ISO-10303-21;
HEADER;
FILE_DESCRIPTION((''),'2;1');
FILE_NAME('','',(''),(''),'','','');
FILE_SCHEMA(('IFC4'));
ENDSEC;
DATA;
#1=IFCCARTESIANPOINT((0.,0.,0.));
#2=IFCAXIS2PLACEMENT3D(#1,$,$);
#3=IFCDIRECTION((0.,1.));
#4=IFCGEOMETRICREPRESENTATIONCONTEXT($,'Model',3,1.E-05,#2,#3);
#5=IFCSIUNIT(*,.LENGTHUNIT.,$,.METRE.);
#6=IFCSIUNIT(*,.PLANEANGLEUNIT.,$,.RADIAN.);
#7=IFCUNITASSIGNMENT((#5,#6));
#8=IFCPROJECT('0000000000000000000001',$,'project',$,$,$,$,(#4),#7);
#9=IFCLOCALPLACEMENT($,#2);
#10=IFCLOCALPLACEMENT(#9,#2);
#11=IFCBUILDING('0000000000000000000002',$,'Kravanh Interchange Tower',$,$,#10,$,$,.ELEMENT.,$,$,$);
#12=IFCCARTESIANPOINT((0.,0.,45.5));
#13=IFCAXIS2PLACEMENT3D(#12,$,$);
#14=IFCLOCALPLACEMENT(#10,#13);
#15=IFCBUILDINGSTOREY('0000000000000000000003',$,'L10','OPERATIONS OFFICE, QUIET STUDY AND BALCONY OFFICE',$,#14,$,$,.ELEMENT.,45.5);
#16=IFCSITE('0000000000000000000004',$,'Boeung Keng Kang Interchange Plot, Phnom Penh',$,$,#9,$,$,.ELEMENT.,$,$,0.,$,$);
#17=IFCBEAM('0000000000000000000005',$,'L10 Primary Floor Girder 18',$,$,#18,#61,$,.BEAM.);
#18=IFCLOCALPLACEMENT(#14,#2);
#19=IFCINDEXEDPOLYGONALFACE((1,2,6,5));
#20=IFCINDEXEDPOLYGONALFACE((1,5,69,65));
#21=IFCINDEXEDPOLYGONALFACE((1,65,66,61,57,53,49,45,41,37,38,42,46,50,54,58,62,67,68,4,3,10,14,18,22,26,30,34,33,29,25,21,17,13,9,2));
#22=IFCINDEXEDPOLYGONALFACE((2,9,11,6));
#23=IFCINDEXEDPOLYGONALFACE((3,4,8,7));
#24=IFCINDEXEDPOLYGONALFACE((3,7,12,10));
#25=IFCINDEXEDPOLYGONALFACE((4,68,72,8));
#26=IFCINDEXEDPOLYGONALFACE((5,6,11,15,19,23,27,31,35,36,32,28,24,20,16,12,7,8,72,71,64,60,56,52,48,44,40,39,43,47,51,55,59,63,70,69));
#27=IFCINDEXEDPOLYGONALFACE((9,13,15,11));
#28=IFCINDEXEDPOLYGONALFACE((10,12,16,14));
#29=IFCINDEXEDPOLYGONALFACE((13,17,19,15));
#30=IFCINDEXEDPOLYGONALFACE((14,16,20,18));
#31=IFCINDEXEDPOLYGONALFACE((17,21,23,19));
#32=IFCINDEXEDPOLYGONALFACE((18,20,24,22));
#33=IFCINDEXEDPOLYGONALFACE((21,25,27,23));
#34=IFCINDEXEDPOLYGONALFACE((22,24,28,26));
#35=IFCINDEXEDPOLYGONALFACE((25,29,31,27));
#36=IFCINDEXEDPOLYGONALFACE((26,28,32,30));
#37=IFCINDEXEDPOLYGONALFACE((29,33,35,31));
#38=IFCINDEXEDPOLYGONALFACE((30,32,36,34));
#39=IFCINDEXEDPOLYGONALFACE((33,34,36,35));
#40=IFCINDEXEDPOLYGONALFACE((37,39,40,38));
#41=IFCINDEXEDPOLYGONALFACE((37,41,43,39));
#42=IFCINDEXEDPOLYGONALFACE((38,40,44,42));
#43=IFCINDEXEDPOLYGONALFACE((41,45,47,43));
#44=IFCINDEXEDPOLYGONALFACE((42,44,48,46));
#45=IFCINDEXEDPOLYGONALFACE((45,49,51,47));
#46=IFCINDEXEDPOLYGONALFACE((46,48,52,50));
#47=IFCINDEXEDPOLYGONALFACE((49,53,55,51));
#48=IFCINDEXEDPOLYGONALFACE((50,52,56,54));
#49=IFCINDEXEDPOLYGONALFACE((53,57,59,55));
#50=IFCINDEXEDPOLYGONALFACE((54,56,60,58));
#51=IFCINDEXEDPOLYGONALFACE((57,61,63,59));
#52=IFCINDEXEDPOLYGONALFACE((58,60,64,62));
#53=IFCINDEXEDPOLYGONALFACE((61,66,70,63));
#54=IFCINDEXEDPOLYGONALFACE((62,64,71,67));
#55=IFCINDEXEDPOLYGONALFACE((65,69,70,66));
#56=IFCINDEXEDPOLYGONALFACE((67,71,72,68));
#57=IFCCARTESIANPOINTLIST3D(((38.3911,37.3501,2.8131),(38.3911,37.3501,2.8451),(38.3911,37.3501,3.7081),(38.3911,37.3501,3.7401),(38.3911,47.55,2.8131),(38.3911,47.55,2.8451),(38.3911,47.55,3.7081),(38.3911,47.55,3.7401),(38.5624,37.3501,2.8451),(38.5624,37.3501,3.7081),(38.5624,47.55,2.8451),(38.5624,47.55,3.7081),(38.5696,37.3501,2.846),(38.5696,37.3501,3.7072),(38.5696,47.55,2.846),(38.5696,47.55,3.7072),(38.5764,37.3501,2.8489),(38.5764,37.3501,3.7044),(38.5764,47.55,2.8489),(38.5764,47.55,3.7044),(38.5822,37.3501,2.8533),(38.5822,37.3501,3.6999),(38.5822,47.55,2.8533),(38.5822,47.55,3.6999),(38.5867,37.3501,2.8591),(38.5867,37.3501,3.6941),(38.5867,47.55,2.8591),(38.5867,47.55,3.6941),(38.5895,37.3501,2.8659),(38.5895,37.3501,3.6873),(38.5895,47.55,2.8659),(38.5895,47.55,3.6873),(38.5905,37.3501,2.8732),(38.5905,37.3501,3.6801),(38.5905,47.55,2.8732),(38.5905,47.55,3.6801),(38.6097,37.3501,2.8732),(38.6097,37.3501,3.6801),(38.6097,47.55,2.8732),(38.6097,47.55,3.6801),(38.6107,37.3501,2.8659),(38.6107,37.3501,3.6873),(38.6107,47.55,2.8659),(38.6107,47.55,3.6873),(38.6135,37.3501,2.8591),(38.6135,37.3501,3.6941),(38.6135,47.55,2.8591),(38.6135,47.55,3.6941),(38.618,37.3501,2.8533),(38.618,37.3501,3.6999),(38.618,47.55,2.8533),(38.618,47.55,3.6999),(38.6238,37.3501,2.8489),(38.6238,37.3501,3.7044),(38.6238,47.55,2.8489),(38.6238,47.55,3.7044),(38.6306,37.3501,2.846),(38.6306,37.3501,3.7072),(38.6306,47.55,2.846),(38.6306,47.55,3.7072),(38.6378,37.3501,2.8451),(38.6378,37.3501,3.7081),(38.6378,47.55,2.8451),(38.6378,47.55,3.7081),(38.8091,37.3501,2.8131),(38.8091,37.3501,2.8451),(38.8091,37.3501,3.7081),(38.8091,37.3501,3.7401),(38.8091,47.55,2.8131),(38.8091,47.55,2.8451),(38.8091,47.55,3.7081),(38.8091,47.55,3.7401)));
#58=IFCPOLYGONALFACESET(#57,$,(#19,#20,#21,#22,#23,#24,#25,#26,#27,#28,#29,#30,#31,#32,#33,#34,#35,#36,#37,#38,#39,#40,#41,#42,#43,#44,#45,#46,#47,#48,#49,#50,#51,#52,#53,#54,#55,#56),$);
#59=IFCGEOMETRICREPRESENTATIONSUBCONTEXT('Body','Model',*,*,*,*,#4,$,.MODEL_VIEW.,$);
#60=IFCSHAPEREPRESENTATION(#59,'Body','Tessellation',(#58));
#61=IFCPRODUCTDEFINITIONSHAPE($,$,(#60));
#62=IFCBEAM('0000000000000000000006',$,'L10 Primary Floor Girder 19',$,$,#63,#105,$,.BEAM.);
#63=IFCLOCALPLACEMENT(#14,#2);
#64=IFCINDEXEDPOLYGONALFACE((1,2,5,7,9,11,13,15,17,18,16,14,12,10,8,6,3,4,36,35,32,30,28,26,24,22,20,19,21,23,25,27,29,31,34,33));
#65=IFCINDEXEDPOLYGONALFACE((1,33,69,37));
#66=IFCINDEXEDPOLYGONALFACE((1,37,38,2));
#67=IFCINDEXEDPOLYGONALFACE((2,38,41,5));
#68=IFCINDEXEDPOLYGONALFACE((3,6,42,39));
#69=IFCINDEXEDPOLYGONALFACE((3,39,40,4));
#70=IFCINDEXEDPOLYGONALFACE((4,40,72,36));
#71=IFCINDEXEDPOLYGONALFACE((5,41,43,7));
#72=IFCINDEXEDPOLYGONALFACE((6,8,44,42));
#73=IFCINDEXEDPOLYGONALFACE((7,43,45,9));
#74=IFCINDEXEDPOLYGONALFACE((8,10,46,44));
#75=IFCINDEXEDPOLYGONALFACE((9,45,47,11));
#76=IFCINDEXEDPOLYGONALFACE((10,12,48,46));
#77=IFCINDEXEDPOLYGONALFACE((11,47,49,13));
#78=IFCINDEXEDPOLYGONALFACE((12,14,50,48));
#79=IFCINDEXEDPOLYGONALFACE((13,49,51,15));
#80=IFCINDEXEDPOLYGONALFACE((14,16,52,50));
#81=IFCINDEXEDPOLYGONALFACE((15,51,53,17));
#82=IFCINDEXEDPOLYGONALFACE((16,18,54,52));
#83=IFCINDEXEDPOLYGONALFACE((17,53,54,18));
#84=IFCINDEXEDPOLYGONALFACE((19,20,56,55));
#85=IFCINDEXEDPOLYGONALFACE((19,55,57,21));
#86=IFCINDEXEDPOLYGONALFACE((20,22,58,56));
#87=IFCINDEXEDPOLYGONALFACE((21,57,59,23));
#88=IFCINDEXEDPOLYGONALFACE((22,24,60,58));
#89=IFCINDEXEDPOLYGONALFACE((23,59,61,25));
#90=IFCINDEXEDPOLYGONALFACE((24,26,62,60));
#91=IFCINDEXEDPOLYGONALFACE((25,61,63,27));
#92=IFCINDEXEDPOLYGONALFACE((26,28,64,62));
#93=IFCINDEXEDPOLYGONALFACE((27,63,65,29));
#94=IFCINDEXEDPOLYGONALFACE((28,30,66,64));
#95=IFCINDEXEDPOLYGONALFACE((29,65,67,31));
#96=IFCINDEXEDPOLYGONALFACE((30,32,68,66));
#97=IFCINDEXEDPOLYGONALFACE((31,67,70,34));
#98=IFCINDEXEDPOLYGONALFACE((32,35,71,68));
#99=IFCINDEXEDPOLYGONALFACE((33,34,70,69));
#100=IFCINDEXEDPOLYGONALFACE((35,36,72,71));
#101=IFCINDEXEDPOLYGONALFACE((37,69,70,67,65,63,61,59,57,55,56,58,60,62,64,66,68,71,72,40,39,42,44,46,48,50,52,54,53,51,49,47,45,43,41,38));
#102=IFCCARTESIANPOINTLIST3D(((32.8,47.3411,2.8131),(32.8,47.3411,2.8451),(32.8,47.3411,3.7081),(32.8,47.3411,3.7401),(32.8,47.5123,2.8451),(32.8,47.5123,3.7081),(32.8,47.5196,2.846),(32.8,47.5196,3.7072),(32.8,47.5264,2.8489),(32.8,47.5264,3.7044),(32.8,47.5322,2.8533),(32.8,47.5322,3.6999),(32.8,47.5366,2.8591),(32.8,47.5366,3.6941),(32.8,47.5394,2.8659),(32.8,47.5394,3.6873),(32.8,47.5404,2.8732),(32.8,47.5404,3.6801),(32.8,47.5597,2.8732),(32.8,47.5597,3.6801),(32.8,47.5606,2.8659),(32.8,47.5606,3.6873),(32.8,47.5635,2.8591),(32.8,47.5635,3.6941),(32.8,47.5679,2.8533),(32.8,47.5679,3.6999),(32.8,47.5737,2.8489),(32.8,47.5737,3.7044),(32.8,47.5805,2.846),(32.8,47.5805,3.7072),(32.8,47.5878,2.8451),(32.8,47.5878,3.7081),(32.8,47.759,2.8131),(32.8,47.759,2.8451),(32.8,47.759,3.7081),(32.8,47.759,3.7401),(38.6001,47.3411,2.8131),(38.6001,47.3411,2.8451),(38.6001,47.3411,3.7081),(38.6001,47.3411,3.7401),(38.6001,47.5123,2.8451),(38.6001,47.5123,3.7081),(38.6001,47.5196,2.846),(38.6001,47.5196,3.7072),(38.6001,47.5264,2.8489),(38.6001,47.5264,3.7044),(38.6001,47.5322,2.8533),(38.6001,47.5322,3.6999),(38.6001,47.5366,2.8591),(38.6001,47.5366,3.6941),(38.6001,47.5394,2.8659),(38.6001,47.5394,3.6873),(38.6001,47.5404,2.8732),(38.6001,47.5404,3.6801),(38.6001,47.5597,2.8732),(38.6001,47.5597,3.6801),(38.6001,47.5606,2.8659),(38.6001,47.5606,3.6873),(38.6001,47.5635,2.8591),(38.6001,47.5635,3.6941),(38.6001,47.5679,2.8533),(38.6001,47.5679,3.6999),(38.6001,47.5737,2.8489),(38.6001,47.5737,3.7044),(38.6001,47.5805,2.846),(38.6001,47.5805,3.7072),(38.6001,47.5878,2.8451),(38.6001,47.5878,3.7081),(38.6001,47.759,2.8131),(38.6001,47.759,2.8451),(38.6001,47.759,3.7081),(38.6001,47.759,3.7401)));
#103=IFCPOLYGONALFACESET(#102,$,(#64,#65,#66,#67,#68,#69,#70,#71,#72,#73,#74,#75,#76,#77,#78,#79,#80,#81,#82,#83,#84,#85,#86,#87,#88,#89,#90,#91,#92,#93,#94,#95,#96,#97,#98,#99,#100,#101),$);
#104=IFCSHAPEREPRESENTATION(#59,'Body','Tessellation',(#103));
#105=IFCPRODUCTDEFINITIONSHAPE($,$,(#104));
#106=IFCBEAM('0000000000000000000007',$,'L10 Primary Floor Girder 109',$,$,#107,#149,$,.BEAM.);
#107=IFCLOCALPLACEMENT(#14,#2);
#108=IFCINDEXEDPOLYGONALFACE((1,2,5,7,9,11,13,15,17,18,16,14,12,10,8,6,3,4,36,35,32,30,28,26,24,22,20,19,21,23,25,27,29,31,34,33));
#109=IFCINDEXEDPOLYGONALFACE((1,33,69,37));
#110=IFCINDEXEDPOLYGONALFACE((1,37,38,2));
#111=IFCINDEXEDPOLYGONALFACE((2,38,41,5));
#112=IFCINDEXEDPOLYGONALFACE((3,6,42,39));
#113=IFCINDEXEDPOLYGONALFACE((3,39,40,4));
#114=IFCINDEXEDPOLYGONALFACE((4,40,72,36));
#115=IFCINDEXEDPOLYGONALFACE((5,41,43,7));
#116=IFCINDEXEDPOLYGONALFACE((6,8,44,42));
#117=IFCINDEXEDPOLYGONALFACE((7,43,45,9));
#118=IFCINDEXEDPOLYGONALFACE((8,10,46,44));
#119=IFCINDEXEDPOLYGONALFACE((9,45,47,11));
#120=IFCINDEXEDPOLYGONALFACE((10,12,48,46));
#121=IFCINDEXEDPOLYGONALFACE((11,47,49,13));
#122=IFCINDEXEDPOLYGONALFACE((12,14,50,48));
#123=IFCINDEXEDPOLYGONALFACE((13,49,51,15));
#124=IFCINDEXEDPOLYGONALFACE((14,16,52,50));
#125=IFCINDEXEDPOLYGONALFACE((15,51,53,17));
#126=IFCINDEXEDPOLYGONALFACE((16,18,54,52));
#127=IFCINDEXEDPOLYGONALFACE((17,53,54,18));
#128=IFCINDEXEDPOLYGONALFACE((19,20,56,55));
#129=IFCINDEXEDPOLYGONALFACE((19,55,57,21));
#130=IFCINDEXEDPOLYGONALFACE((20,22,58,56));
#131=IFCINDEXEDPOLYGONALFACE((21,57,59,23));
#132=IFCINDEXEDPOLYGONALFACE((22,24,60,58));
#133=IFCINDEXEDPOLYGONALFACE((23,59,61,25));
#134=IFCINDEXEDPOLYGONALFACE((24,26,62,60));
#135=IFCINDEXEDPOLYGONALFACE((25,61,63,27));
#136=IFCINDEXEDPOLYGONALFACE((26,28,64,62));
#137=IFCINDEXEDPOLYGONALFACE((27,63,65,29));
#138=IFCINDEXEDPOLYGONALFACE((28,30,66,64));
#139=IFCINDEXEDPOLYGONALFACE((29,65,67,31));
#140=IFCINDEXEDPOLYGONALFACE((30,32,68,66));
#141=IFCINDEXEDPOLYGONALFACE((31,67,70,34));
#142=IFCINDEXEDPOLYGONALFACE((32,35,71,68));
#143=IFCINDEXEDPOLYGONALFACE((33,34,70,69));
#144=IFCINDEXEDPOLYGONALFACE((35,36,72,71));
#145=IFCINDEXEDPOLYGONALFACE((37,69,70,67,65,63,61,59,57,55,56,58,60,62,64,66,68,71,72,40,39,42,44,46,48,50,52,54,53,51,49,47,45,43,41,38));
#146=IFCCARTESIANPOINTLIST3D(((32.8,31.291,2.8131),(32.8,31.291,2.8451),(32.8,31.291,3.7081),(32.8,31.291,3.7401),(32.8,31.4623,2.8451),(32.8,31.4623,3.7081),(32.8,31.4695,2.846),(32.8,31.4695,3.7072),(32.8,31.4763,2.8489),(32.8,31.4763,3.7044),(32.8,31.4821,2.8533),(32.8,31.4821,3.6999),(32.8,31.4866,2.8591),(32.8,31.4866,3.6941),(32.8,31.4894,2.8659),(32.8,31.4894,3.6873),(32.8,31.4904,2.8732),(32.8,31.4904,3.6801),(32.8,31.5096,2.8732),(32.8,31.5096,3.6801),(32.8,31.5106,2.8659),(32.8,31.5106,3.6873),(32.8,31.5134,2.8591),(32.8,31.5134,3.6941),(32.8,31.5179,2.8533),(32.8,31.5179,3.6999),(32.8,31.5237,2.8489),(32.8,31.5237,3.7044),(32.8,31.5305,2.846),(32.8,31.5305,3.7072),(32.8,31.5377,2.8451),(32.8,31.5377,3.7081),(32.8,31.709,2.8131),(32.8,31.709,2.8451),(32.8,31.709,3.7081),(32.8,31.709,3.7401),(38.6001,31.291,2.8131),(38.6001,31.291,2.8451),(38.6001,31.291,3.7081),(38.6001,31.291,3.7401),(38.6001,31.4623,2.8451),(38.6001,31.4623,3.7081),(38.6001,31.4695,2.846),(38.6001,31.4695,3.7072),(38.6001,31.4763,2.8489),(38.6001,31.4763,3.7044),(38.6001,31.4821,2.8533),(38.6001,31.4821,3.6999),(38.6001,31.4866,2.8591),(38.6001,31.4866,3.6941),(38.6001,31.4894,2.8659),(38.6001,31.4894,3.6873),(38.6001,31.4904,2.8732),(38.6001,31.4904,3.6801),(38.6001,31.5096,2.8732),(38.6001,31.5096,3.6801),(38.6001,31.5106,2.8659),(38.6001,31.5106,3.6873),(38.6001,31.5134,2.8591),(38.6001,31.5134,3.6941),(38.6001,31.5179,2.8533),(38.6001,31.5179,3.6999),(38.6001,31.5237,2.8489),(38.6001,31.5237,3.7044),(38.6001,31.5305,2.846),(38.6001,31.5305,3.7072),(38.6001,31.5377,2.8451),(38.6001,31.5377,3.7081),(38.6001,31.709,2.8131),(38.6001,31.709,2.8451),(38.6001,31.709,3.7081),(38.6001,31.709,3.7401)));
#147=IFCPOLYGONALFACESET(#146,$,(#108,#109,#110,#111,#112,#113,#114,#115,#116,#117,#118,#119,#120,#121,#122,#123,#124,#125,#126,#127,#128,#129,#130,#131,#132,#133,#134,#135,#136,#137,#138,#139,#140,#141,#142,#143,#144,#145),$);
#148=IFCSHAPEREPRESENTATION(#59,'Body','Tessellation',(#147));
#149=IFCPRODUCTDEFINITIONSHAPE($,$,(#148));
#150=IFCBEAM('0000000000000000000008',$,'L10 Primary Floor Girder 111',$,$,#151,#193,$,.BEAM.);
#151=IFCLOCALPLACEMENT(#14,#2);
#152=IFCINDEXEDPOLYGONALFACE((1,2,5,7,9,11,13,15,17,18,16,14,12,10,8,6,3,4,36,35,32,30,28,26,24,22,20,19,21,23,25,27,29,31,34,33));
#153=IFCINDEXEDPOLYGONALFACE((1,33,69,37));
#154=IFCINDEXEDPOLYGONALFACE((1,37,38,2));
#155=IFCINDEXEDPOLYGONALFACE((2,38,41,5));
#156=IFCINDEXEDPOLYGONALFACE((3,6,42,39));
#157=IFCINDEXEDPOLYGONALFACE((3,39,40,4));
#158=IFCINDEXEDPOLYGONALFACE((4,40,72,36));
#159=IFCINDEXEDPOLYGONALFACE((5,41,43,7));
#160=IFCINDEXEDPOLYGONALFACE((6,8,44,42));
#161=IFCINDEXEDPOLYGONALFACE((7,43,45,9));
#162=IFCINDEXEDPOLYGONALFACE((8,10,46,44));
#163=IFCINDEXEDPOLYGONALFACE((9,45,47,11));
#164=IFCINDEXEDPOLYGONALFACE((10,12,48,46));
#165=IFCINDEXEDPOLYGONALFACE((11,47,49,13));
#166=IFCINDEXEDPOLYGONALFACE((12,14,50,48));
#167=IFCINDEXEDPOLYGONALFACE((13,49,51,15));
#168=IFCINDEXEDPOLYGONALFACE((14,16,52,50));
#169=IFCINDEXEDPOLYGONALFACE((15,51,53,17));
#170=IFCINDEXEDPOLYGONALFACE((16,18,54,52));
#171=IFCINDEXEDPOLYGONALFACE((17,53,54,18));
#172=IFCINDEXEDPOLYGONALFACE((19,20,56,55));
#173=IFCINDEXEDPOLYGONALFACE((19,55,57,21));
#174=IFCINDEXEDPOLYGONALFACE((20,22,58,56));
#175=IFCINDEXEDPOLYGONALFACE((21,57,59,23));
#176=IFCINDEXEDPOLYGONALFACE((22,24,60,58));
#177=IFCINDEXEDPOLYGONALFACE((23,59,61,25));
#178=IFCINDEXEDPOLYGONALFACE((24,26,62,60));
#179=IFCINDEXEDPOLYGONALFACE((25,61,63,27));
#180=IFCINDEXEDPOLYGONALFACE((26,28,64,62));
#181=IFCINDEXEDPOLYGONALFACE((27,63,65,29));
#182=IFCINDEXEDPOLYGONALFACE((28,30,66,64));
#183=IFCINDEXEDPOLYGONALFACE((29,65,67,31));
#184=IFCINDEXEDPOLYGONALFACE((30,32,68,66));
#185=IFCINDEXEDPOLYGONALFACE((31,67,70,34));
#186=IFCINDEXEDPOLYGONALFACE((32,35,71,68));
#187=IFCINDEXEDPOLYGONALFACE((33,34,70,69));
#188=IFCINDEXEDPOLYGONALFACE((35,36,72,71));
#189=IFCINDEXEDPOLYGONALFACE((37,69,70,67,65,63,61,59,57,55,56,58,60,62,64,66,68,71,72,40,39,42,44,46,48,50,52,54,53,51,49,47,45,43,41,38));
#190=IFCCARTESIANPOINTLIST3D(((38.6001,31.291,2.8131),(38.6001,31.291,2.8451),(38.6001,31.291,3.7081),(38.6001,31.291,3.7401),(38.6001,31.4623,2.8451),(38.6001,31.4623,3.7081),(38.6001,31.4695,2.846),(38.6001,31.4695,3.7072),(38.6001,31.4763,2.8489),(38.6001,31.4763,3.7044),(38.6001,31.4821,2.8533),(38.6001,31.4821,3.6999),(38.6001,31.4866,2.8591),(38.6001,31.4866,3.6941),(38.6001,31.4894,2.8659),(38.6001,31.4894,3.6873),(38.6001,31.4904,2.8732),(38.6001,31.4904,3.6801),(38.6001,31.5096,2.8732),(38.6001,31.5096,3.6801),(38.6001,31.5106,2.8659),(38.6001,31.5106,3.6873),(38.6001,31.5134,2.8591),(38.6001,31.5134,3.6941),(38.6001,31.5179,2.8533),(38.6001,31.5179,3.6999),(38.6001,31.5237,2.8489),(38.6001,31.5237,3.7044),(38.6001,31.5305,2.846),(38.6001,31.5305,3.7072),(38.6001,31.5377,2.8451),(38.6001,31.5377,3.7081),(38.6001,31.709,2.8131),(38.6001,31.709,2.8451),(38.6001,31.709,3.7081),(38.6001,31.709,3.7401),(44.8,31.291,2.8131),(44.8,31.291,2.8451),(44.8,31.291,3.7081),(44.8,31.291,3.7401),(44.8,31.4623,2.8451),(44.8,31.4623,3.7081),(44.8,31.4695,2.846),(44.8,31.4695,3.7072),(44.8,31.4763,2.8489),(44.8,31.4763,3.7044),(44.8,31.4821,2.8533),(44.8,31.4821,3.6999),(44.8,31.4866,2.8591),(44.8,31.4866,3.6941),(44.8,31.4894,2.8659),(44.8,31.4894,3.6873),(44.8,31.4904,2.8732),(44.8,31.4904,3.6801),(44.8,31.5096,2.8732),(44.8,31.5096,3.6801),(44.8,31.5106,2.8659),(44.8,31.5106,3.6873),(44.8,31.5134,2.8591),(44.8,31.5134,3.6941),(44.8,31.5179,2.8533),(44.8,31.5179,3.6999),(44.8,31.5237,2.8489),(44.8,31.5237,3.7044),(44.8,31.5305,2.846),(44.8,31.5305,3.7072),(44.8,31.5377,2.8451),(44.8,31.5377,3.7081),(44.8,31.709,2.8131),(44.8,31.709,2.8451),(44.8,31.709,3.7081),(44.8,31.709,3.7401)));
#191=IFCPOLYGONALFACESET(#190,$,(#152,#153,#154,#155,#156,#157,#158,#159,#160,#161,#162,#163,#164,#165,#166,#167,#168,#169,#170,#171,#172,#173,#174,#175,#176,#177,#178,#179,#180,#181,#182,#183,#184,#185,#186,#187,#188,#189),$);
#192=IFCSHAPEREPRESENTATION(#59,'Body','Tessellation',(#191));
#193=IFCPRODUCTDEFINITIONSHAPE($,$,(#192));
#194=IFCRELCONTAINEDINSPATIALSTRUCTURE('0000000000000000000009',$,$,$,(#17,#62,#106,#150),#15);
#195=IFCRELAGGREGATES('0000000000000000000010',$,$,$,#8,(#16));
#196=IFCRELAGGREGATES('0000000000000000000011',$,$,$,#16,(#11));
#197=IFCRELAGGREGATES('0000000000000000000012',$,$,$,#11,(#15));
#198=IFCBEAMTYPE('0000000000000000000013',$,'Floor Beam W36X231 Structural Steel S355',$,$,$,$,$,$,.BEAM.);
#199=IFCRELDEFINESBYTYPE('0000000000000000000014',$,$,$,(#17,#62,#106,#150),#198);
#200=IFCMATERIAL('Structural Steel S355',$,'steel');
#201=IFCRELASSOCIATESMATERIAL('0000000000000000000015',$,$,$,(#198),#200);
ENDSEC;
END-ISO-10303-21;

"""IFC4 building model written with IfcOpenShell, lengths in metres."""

from ifc_helpers import new_model, si_unit, direction, frame, origin, origin_2d, place, context, subcontext, project, spatial, i_section, extrude, material, material_profile, profile_set, type_object, element, save


model = new_model("IFC4")

# Units and contexts
model_context = context("Model", 3, precision=1e-05, world=origin(), true_north=direction((0.0, 1.0)))
body_context = subcontext(model_context, "Body", "Model", "MODEL_VIEW")
ifc_project = project(units=[si_unit("LENGTHUNIT", "METRE"), si_unit("PLANEANGLEUNIT", "RADIAN")], contexts=[model_context])

# Site, building, storey
site_placement = place(None, origin())
site = spatial("IfcSite", under=ifc_project, at=site_placement, Name="Boeung Keng Kang Interchange Plot, Phnom Penh", CompositionType="ELEMENT", RefElevation=0.0)
building_placement = place(site_placement, origin())
building = spatial("IfcBuilding", under=site, at=building_placement, Name="Kravanh Interchange Tower", CompositionType="ELEMENT")
storey_placement = place(building_placement, frame((0.0, 0.0, 45.5)))
storey = spatial("IfcBuildingStorey", under=building, at=storey_placement, Name="L10", Description="OPERATIONS OFFICE, QUIET STUDY AND BALCONY OFFICE", CompositionType="ELEMENT", Elevation=45.5)

# Beams
ifc_material_1 = material(Name="Structural Steel S355", Category="steel")
ifc_material_profile_1 = material_profile(ifc_material_1, i_section(OverallWidth=0.418, OverallDepth=0.927, WebThickness=0.0193, FlangeThickness=0.032, FilletRadius=0.0281, at=origin_2d()), Name="W36X231")
ifc_profile_set_1 = profile_set([ifc_material_profile_1], Name="Structural Steel S355")
beam_type_1 = type_object("IfcBeamType", Name="Floor Beam W36X231 Structural Steel S355", PredefinedType="BEAM", material=ifc_profile_set_1)
beam_1_placement = place(storey_placement, frame((38.6001, 37.3501, 3.2766), z_axis=(0.0, 1.0, 0.0), x_axis=(-1.0, 0.0, 0.0)))
element("IfcBeam", 1, at=beam_1_placement, inside=storey, type_object=beam_type_1, Name="L10 Primary Floor Girder 18", PredefinedType="BEAM", context=body_context, shape_type="SweptSolid", body=[
    extrude(i_section(OverallWidth=0.418, OverallDepth=0.927, WebThickness=0.0193, FlangeThickness=0.032, FilletRadius=0.0281, at=origin_2d()), origin(), (0.0, 0.0, 1.0), 10.2),
])
for number, where, z_axis, x_axis, name in (
    (2, (38.6001, 47.55, 3.2766), (-1.0, 0.0, 0.0), (0.0, -1.0, 0.0), "L10 Primary Floor Girder 19"),
    (3, (32.8, 31.5, 3.2766), (1.0, 0.0, 0.0), (0.0, 1.0, 0.0), "L10 Primary Floor Girder 109"),
):
    element("IfcBeam", number, at=place(storey_placement, frame(where, z_axis=z_axis, x_axis=x_axis)), inside=storey, type_object=beam_type_1, Name=name, PredefinedType="BEAM", context=body_context, shape_type="SweptSolid", body=[
        extrude(i_section(OverallWidth=0.418, OverallDepth=0.927, WebThickness=0.0193, FlangeThickness=0.032, FilletRadius=0.0281, at=origin_2d()), origin(), (0.0, 0.0, 1.0), 5.8),
    ])
beam_2_placement = place(storey_placement, frame((38.6001, 31.5, 3.2766), z_axis=(1.0, 0.0, 0.0), x_axis=(0.0, 1.0, 0.0)))
element("IfcBeam", 4, at=beam_2_placement, inside=storey, type_object=beam_type_1, Name="L10 Primary Floor Girder 111", PredefinedType="BEAM", context=body_context, shape_type="SweptSolid", body=[
    extrude(i_section(OverallWidth=0.418, OverallDepth=0.927, WebThickness=0.0193, FlangeThickness=0.032, FilletRadius=0.0281, at=origin_2d()), origin(), (0.0, 0.0, 1.0), 6.2),
])

save(model, "model.ifc")
